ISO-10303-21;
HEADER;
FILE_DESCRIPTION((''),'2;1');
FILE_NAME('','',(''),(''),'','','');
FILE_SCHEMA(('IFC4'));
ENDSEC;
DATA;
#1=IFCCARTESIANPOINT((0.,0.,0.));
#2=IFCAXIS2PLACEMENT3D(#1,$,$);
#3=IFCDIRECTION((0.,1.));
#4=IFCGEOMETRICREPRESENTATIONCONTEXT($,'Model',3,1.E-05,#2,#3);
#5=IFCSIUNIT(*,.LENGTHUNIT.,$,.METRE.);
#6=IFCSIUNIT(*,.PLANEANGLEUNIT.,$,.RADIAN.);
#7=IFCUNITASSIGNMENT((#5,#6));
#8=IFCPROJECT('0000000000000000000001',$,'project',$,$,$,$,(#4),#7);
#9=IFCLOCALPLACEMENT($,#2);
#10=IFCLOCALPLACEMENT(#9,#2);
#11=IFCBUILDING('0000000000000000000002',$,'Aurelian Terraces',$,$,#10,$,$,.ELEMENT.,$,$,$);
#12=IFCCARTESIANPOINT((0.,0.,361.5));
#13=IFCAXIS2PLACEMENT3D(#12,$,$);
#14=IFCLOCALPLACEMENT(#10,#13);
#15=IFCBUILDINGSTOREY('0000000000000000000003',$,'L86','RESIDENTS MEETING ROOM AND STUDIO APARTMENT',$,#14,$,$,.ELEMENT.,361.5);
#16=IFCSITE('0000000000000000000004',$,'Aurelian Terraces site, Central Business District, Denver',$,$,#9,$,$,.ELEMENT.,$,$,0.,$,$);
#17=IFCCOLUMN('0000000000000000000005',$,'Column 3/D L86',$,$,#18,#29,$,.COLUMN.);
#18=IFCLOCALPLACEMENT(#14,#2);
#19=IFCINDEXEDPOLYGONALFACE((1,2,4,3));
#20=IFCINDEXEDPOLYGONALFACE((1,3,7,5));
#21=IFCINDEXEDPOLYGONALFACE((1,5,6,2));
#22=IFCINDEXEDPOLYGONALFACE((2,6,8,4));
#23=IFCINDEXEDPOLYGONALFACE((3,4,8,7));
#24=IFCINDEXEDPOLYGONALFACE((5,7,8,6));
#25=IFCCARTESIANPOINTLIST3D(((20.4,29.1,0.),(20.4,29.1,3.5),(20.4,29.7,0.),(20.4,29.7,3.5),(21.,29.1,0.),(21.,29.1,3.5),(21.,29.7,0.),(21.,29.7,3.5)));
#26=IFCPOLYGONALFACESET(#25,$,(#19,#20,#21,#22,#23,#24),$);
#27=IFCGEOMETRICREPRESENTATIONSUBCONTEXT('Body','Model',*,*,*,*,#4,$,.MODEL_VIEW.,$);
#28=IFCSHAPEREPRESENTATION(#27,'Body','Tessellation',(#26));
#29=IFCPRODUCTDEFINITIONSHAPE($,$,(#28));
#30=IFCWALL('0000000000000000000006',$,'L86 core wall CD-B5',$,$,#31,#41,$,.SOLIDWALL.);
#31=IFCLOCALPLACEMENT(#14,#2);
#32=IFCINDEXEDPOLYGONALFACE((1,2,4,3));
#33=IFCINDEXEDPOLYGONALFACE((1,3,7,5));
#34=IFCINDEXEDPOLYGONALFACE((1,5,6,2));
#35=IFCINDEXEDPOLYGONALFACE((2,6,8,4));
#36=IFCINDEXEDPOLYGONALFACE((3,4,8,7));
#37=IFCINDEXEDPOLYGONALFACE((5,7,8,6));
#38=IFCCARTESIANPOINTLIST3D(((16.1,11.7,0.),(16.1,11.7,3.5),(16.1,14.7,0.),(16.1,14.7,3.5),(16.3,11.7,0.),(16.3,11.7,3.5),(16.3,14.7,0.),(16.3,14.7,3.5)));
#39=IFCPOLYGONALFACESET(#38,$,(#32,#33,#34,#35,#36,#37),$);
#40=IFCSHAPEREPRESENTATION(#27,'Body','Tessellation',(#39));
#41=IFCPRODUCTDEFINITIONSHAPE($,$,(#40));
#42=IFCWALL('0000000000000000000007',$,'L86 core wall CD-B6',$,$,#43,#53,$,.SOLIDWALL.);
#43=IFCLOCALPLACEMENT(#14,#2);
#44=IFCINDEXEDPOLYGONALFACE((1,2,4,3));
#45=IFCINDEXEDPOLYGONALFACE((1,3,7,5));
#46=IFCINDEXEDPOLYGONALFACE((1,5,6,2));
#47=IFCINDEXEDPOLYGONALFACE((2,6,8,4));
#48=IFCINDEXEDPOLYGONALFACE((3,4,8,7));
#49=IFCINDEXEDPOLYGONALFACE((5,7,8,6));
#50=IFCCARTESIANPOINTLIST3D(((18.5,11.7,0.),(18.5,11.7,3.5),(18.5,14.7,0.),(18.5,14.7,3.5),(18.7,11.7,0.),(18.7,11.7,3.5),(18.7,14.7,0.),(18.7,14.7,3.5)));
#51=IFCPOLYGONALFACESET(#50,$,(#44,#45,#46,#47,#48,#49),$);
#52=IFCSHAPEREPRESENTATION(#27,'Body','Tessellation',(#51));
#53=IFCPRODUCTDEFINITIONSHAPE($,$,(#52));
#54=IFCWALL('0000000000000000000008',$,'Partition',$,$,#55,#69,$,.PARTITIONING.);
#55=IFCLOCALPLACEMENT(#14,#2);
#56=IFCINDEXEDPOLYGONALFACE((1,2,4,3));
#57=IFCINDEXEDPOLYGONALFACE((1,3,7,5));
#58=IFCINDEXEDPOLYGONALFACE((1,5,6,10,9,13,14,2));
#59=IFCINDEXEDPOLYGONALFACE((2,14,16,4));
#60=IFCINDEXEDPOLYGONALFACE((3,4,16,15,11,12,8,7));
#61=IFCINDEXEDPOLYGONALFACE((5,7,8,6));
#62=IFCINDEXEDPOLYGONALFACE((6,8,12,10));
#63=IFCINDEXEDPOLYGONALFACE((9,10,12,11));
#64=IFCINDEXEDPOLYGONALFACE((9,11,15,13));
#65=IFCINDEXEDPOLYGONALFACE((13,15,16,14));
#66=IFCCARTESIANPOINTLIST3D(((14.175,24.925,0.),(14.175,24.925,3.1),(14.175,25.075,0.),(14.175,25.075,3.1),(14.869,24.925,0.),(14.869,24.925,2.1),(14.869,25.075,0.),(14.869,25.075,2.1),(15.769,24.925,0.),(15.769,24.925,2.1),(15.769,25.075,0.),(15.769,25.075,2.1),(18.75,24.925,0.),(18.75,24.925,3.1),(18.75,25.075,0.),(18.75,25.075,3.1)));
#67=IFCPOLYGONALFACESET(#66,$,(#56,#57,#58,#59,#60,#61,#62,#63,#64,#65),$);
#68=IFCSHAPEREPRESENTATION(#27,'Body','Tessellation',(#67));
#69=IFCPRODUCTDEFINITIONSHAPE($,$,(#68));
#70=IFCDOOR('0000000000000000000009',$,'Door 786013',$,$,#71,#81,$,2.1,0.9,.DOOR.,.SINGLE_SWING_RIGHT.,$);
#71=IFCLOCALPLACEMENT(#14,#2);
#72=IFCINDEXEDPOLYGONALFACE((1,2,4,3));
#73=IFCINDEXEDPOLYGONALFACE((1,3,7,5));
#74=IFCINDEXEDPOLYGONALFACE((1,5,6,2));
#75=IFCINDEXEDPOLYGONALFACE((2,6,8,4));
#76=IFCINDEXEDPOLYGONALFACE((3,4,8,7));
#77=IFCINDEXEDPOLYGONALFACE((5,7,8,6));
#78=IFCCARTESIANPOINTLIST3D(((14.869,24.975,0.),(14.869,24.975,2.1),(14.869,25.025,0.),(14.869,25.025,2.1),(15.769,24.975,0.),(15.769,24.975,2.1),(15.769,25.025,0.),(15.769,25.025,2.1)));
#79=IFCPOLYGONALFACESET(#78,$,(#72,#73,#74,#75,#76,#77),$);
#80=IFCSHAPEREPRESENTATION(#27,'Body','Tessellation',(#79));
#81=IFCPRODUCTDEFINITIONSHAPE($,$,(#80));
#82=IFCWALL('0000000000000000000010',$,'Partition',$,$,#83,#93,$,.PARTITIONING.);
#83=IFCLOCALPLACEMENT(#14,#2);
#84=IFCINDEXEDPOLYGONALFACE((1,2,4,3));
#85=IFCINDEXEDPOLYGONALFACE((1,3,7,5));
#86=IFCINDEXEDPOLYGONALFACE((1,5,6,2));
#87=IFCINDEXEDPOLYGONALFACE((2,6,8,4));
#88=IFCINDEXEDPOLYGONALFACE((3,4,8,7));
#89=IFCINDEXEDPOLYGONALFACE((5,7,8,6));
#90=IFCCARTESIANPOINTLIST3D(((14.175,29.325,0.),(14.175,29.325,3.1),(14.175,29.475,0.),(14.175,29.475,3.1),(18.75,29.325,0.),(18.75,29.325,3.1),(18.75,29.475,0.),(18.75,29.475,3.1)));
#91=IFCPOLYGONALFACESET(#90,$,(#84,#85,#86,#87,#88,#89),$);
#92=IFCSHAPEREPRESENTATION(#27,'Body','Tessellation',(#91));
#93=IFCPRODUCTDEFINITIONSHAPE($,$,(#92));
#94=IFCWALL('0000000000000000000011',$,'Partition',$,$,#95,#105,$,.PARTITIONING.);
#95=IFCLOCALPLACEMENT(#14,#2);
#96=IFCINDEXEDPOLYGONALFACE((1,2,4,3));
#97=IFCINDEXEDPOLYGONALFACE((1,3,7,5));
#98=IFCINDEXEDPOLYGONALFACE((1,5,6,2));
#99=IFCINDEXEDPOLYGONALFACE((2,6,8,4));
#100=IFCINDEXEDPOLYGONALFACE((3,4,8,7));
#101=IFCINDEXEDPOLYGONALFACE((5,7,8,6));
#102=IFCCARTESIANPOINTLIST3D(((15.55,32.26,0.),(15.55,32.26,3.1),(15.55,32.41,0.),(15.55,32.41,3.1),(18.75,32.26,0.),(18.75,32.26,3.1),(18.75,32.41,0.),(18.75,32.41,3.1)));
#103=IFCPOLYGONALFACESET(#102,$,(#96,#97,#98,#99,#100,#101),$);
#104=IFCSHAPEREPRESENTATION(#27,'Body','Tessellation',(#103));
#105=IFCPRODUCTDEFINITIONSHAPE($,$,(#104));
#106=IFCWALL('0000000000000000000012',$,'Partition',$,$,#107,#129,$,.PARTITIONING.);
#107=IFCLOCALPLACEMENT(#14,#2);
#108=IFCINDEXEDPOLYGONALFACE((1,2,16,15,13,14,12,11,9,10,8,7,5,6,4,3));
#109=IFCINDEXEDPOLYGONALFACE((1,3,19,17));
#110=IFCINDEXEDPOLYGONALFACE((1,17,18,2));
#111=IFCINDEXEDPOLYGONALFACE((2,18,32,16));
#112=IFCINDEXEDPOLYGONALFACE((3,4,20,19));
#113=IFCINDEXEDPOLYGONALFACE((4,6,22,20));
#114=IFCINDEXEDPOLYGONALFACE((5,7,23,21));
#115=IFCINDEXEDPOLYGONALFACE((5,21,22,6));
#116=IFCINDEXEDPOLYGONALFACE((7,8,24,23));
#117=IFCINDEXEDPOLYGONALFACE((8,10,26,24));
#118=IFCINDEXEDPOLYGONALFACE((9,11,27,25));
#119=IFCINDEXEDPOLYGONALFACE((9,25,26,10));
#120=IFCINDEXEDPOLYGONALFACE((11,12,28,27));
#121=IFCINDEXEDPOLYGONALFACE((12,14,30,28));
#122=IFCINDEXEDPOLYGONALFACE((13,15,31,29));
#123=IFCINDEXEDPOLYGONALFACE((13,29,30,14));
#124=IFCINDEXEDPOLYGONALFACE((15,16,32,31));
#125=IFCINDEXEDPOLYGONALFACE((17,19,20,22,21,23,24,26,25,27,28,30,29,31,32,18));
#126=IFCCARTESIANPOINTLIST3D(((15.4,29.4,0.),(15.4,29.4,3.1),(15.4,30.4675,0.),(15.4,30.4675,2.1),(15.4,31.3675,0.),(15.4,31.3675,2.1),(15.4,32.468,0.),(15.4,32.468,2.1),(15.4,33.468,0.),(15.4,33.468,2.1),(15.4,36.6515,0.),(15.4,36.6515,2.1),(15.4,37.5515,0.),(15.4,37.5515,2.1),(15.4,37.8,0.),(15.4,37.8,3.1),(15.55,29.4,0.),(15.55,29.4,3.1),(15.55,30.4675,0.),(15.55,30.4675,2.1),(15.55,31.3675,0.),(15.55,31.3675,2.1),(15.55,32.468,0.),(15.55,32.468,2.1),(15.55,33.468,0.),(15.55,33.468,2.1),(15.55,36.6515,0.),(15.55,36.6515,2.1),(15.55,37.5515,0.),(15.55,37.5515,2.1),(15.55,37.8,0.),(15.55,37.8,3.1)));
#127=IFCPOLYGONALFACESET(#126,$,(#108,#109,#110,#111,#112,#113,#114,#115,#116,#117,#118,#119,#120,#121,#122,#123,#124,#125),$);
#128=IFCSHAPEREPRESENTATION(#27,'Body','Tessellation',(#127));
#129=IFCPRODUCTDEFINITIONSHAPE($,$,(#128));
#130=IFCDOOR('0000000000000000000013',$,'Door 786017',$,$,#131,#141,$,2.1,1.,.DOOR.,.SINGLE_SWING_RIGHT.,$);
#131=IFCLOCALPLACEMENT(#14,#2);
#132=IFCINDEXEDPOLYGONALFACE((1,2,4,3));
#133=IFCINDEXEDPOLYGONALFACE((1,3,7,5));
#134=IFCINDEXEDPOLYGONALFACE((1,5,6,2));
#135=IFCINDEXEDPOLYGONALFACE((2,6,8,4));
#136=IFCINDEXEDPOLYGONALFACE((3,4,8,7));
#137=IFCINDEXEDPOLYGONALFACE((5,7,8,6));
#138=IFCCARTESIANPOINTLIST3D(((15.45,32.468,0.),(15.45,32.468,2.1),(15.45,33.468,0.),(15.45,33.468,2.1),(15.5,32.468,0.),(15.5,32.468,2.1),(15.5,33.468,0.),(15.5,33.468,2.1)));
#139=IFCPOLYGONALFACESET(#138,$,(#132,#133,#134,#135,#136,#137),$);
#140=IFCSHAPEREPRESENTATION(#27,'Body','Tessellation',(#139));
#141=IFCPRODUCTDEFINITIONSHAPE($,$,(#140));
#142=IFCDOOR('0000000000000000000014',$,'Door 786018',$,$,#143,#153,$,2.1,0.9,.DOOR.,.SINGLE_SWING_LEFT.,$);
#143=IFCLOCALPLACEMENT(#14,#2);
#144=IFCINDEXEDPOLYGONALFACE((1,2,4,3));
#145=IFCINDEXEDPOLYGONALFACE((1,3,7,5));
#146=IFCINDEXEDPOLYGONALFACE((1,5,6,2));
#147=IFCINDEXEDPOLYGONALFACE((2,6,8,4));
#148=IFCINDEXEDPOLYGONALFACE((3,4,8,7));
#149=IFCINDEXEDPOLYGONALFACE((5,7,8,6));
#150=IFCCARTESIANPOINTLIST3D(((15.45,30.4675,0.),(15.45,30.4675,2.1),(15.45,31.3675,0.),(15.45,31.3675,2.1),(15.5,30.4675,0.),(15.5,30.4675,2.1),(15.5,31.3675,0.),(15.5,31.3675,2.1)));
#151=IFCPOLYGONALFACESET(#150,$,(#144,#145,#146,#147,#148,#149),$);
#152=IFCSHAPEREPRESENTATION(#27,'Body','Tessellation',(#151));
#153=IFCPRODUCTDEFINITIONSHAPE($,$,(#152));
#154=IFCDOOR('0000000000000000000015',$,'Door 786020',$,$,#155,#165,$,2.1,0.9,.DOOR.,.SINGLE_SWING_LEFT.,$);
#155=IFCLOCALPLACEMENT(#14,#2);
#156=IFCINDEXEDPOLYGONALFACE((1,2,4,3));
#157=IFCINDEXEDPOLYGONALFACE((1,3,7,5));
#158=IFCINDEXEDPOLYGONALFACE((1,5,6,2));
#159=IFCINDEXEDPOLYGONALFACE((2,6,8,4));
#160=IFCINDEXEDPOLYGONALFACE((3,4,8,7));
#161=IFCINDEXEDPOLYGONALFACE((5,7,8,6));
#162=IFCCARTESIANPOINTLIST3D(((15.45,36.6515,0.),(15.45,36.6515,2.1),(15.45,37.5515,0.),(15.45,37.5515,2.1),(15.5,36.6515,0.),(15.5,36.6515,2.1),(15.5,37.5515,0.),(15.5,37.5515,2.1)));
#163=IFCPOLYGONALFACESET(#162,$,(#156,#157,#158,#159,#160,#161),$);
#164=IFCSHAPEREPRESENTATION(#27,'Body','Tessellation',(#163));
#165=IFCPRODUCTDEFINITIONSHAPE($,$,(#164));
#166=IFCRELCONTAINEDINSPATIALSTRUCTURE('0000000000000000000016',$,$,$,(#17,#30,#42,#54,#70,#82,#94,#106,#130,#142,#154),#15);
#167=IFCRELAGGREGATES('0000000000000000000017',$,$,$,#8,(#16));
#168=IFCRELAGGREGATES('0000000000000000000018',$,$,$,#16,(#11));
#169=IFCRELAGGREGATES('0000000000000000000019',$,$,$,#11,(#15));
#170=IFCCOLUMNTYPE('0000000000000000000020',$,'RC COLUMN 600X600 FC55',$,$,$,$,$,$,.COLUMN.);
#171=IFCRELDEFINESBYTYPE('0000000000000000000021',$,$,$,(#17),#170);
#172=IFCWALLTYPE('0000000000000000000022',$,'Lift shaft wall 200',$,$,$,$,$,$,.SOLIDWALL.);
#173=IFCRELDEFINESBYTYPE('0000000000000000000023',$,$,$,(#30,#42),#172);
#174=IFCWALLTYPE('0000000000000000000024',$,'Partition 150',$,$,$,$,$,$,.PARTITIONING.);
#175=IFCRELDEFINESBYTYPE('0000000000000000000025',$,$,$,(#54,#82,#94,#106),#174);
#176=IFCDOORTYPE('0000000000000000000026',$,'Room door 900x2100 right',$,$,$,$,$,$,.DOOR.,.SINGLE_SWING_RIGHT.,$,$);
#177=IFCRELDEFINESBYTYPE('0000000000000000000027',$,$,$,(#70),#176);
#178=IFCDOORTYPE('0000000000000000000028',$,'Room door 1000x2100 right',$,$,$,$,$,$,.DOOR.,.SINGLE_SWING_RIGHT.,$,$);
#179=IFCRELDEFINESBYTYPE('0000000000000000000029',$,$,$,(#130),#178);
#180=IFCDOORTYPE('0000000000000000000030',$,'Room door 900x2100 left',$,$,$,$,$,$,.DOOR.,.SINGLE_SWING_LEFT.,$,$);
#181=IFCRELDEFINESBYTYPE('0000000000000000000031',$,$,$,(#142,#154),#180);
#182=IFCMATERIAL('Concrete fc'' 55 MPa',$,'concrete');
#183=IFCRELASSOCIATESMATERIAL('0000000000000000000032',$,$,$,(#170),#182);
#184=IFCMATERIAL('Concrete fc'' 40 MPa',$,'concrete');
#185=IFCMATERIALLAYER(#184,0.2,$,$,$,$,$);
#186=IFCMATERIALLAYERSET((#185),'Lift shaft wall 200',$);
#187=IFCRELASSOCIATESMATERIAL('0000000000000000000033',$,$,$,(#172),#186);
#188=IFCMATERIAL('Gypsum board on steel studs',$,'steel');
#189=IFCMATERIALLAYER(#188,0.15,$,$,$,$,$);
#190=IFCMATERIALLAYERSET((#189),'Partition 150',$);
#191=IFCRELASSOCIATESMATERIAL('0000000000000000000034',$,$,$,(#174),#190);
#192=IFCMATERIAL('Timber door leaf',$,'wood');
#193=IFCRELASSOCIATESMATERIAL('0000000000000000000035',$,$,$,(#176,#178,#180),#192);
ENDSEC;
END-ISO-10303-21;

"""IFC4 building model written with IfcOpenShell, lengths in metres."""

from ifc_helpers import new_model, si_unit, direction, frame, frame_2d, origin, origin_2d, place, context, subcontext, project, spatial, rectangle, extrude, source, transform, mapped, material, layer, layer_set, material_profile, profile_set, type_object, element, fill, save


model = new_model("IFC4")

# Units and contexts
model_context = context("Model", 3, precision=1e-05, world=origin(), true_north=direction((0.0, 1.0)))
body_context = subcontext(model_context, "Body", "Model", "MODEL_VIEW")
ifc_project = project(units=[si_unit("LENGTHUNIT", "METRE"), si_unit("PLANEANGLEUNIT", "RADIAN")], contexts=[model_context])

# Site, building, storey
site_placement = place(None, origin())
site = spatial("IfcSite", under=ifc_project, at=site_placement, Name="Aurelian Terraces site, Central Business District, Denver", CompositionType="ELEMENT", RefElevation=0.0)
building_placement = place(site_placement, origin())
building = spatial("IfcBuilding", under=site, at=building_placement, Name="Aurelian Terraces", CompositionType="ELEMENT")
storey_placement = place(building_placement, frame((0.0, 0.0, 361.5)))
storey = spatial("IfcBuildingStorey", under=building, at=storey_placement, Name="L86", Description="RESIDENTS MEETING ROOM AND STUDIO APARTMENT", CompositionType="ELEMENT", Elevation=361.5)

# Column
ifc_material_1 = material(Name="Concrete fc' 55 MPa", Category="concrete")
ifc_material_profile = material_profile(ifc_material_1, rectangle(XDim=0.6, YDim=0.6, at=origin_2d()))
ifc_profile_set = profile_set([ifc_material_profile], Name="Concrete fc' 55 MPa")
column_type = type_object("IfcColumnType", Name="RC COLUMN 600X600 FC55", PredefinedType="COLUMN", material=ifc_profile_set)
shared_shape_1 = source(origin(), body_context, "Body", "SweptSolid", [
    extrude(rectangle(XDim=0.6, YDim=0.6, at=origin_2d()), origin(), (0.0, 0.0, 1.0), 3.5),
])
column_placement = place(storey_placement, frame((20.7, 29.4, 0.0), z_axis=(0.0, 0.0, 1.0), x_axis=(1.0, 0.0, 0.0)))
element("IfcColumn", 1, at=column_placement, inside=storey, type_object=column_type, Name="Column 3/D L86", PredefinedType="COLUMN", context=body_context, shape_type="MappedRepresentation", body=[
    mapped(shared_shape_1, transform((0.0, 0.0, 0.0), scale=1.0)),
])

# Walls
ifc_material_2 = material(Name="Concrete fc' 40 MPa", Category="concrete")
ifc_layer_1 = layer(ifc_material_2, 0.2)
ifc_layer_set_1 = layer_set([ifc_layer_1], Name="Lift shaft wall 200")
wall_type_1 = type_object("IfcWallType", Name="Lift shaft wall 200", PredefinedType="SOLIDWALL", material=ifc_layer_set_1)
shared_shape_2 = source(origin(), body_context, "Body", "SweptSolid", [
    extrude(rectangle(XDim=3.0, YDim=0.2, at=frame_2d((1.5, 0.0))), origin(), (0.0, 0.0, 1.0), 3.5),
])
for number, where, z_axis, x_axis, name in (
    (2, (16.2, 11.7, 0.0), (0.0, 0.0, 1.0), (0.0, 1.0, 0.0), "L86 core wall CD-B5"),
    (3, (18.6, 11.7, 0.0), (0.0, 0.0, 1.0), (0.0, 1.0, 0.0), "L86 core wall CD-B6"),
):
    element("IfcWall", number, at=place(storey_placement, frame(where, z_axis=z_axis, x_axis=x_axis)), inside=storey, type_object=wall_type_1, Name=name, PredefinedType="SOLIDWALL", context=body_context, shape_type="MappedRepresentation", body=[
        mapped(shared_shape_2, transform((0.0, 0.0, 0.0), scale=1.0)),
    ])

# Wall, opening, door
ifc_material_3 = material(Name="Gypsum board on steel studs", Category="steel")
ifc_layer_2 = layer(ifc_material_3, 0.15)
ifc_layer_set_2 = layer_set([ifc_layer_2], Name="Partition 150")
wall_type_2 = type_object("IfcWallType", Name="Partition 150", PredefinedType="PARTITIONING", material=ifc_layer_set_2)
shared_shape_3 = source(origin(), body_context, "Body", "SweptSolid", [
    extrude(rectangle(XDim=4.575, YDim=0.15, at=frame_2d((2.2875, 0.0))), origin(), (0.0, 0.0, 1.0), 3.1),
])
wall_1_placement = place(storey_placement, frame((14.175, 25.0, 0.0), z_axis=(0.0, 0.0, 1.0), x_axis=(1.0, 0.0, 0.0)))
wall_1 = element("IfcWall", 4, at=wall_1_placement, inside=storey, type_object=wall_type_2, Name="Partition", PredefinedType="PARTITIONING", context=body_context, shape_type="MappedRepresentation", body=[
    mapped(shared_shape_3, transform((0.0, 0.0, 0.0), scale=1.0)),
])
shared_shape_4 = source(origin(), body_context, "Body", "SweptSolid", [
    extrude(rectangle(XDim=0.9, YDim=2.1, at=frame_2d((0.45, 1.05))), frame((0.0, 0.085, 0.0), z_axis=(0.0, -1.0, 0.0), x_axis=(1.0, 0.0, 0.0)), (0.0, 0.0, 1.0), 0.17),
])
opening_1_placement = place(wall_1_placement, frame((0.694, 0.0, 0.0)))
opening_1 = element("IfcOpeningElement", 5, at=opening_1_placement, cuts=wall_1, PredefinedType="OPENING", context=body_context, shape_type="MappedRepresentation", body=[
    mapped(shared_shape_4, transform((0.0, 0.0, 0.0), scale=1.0)),
])
ifc_material_4 = material(Name="Timber door leaf", Category="wood")
door_type_1 = type_object("IfcDoorType", Name="Room door 900x2100 right", OperationType="SINGLE_SWING_RIGHT", PredefinedType="DOOR", material=ifc_material_4)
shared_shape_5 = source(origin(), body_context, "Body", "SweptSolid", [
    extrude(rectangle(XDim=0.9, YDim=2.1, at=frame_2d((0.45, 1.05))), frame((0.0, 0.025, 0.0), z_axis=(0.0, -1.0, 0.0), x_axis=(1.0, 0.0, 0.0)), (0.0, 0.0, 1.0), 0.05),
])
door_1_placement = place(opening_1_placement, origin())
door_1 = element("IfcDoor", 6, at=door_1_placement, inside=storey, type_object=door_type_1, Name="Door 786013", OperationType="SINGLE_SWING_RIGHT", OverallHeight=2.1, OverallWidth=0.9, PredefinedType="DOOR", context=body_context, shape_type="MappedRepresentation", body=[
    mapped(shared_shape_5, transform((0.0, 0.0, 0.0), scale=1.0)),
])
fill(opening_1, door_1)

# Walls
wall_2_placement = place(storey_placement, frame((18.75, 29.4, 0.0), z_axis=(0.0, 0.0, 1.0), x_axis=(-1.0, 0.0, 0.0)))
element("IfcWall", 7, at=wall_2_placement, inside=storey, type_object=wall_type_2, Name="Partition", PredefinedType="PARTITIONING", context=body_context, shape_type="MappedRepresentation", body=[
    mapped(shared_shape_3, transform((0.0, 0.0, 0.0), scale=1.0)),
])
shared_shape_6 = source(origin(), body_context, "Body", "SweptSolid", [
    extrude(rectangle(XDim=3.2, YDim=0.15, at=frame_2d((1.6, 0.0))), origin(), (0.0, 0.0, 1.0), 3.1),
])
wall_3_placement = place(storey_placement, frame((18.75, 32.335, 0.0), z_axis=(0.0, 0.0, 1.0), x_axis=(-1.0, 0.0, 0.0)))
element("IfcWall", 8, at=wall_3_placement, inside=storey, type_object=wall_type_2, Name="Partition", PredefinedType="PARTITIONING", context=body_context, shape_type="MappedRepresentation", body=[
    mapped(shared_shape_6, transform((0.0, 0.0, 0.0), scale=1.0)),
])

# Wall, openings, doors
shared_shape_7 = source(origin(), body_context, "Body", "SweptSolid", [
    extrude(rectangle(XDim=8.4, YDim=0.15, at=frame_2d((4.2, 0.0))), origin(), (0.0, 0.0, 1.0), 3.1),
])
wall_4_placement = place(storey_placement, frame((15.475, 29.4, 0.0), z_axis=(0.0, 0.0, 1.0), x_axis=(0.0, 1.0, 0.0)))
wall_4 = element("IfcWall", 9, at=wall_4_placement, inside=storey, type_object=wall_type_2, Name="Partition", PredefinedType="PARTITIONING", context=body_context, shape_type="MappedRepresentation", body=[
    mapped(shared_shape_7, transform((0.0, 0.0, 0.0), scale=1.0)),
])
shared_shape_8 = source(origin(), body_context, "Body", "SweptSolid", [
    extrude(rectangle(XDim=1.0, YDim=2.1, at=frame_2d((0.5, 1.05))), frame((0.0, 0.085, 0.0), z_axis=(0.0, -1.0, 0.0), x_axis=(1.0, 0.0, 0.0)), (0.0, 0.0, 1.0), 0.17),
])
opening_2_placement = place(wall_4_placement, frame((3.068, 0.0, 0.0)))
opening_2 = element("IfcOpeningElement", 10, at=opening_2_placement, cuts=wall_4, PredefinedType="OPENING", context=body_context, shape_type="MappedRepresentation", body=[
    mapped(shared_shape_8, transform((0.0, 0.0, 0.0), scale=1.0)),
])
opening_3_placement = place(wall_4_placement, frame((1.0675, 0.0, 0.0)))
opening_3 = element("IfcOpeningElement", 11, at=opening_3_placement, cuts=wall_4, PredefinedType="OPENING", context=body_context, shape_type="MappedRepresentation", body=[
    mapped(shared_shape_4, transform((0.0, 0.0, 0.0), scale=1.0)),
])
opening_4_placement = place(wall_4_placement, frame((7.2515, 0.0, 0.0)))
opening_4 = element("IfcOpeningElement", 12, at=opening_4_placement, cuts=wall_4, PredefinedType="OPENING", context=body_context, shape_type="MappedRepresentation", body=[
    mapped(shared_shape_4, transform((0.0, 0.0, 0.0), scale=1.0)),
])
door_type_2 = type_object("IfcDoorType", Name="Room door 1000x2100 right", OperationType="SINGLE_SWING_RIGHT", PredefinedType="DOOR", material=ifc_material_4)
shared_shape_9 = source(origin(), body_context, "Body", "SweptSolid", [
    extrude(rectangle(XDim=1.0, YDim=2.1, at=frame_2d((0.5, 1.05))), frame((0.0, 0.025, 0.0), z_axis=(0.0, -1.0, 0.0), x_axis=(1.0, 0.0, 0.0)), (0.0, 0.0, 1.0), 0.05),
])
door_2_placement = place(opening_2_placement, origin())
door_2 = element("IfcDoor", 13, at=door_2_placement, inside=storey, type_object=door_type_2, Name="Door 786017", OperationType="SINGLE_SWING_RIGHT", OverallHeight=2.1, OverallWidth=1.0, PredefinedType="DOOR", context=body_context, shape_type="MappedRepresentation", body=[
    mapped(shared_shape_9, transform((0.0, 0.0, 0.0), scale=1.0)),
])
fill(opening_2, door_2)
door_type_3 = type_object("IfcDoorType", Name="Room door 900x2100 left", OperationType="SINGLE_SWING_LEFT", PredefinedType="DOOR", material=ifc_material_4)
door_3_placement = place(opening_3_placement, origin())
door_3 = element("IfcDoor", 14, at=door_3_placement, inside=storey, type_object=door_type_3, Name="Door 786018", OperationType="SINGLE_SWING_LEFT", OverallHeight=2.1, OverallWidth=0.9, PredefinedType="DOOR", context=body_context, shape_type="MappedRepresentation", body=[
    mapped(shared_shape_5, transform((0.0, 0.0, 0.0), scale=1.0)),
])
fill(opening_3, door_3)
door_4_placement = place(opening_4_placement, origin())
door_4 = element("IfcDoor", 15, at=door_4_placement, inside=storey, type_object=door_type_3, Name="Door 786020", OperationType="SINGLE_SWING_LEFT", OverallHeight=2.1, OverallWidth=0.9, PredefinedType="DOOR", context=body_context, shape_type="MappedRepresentation", body=[
    mapped(shared_shape_5, transform((0.0, 0.0, 0.0), scale=1.0)),
])
fill(opening_4, door_4)

save(model, "model.ifc")
